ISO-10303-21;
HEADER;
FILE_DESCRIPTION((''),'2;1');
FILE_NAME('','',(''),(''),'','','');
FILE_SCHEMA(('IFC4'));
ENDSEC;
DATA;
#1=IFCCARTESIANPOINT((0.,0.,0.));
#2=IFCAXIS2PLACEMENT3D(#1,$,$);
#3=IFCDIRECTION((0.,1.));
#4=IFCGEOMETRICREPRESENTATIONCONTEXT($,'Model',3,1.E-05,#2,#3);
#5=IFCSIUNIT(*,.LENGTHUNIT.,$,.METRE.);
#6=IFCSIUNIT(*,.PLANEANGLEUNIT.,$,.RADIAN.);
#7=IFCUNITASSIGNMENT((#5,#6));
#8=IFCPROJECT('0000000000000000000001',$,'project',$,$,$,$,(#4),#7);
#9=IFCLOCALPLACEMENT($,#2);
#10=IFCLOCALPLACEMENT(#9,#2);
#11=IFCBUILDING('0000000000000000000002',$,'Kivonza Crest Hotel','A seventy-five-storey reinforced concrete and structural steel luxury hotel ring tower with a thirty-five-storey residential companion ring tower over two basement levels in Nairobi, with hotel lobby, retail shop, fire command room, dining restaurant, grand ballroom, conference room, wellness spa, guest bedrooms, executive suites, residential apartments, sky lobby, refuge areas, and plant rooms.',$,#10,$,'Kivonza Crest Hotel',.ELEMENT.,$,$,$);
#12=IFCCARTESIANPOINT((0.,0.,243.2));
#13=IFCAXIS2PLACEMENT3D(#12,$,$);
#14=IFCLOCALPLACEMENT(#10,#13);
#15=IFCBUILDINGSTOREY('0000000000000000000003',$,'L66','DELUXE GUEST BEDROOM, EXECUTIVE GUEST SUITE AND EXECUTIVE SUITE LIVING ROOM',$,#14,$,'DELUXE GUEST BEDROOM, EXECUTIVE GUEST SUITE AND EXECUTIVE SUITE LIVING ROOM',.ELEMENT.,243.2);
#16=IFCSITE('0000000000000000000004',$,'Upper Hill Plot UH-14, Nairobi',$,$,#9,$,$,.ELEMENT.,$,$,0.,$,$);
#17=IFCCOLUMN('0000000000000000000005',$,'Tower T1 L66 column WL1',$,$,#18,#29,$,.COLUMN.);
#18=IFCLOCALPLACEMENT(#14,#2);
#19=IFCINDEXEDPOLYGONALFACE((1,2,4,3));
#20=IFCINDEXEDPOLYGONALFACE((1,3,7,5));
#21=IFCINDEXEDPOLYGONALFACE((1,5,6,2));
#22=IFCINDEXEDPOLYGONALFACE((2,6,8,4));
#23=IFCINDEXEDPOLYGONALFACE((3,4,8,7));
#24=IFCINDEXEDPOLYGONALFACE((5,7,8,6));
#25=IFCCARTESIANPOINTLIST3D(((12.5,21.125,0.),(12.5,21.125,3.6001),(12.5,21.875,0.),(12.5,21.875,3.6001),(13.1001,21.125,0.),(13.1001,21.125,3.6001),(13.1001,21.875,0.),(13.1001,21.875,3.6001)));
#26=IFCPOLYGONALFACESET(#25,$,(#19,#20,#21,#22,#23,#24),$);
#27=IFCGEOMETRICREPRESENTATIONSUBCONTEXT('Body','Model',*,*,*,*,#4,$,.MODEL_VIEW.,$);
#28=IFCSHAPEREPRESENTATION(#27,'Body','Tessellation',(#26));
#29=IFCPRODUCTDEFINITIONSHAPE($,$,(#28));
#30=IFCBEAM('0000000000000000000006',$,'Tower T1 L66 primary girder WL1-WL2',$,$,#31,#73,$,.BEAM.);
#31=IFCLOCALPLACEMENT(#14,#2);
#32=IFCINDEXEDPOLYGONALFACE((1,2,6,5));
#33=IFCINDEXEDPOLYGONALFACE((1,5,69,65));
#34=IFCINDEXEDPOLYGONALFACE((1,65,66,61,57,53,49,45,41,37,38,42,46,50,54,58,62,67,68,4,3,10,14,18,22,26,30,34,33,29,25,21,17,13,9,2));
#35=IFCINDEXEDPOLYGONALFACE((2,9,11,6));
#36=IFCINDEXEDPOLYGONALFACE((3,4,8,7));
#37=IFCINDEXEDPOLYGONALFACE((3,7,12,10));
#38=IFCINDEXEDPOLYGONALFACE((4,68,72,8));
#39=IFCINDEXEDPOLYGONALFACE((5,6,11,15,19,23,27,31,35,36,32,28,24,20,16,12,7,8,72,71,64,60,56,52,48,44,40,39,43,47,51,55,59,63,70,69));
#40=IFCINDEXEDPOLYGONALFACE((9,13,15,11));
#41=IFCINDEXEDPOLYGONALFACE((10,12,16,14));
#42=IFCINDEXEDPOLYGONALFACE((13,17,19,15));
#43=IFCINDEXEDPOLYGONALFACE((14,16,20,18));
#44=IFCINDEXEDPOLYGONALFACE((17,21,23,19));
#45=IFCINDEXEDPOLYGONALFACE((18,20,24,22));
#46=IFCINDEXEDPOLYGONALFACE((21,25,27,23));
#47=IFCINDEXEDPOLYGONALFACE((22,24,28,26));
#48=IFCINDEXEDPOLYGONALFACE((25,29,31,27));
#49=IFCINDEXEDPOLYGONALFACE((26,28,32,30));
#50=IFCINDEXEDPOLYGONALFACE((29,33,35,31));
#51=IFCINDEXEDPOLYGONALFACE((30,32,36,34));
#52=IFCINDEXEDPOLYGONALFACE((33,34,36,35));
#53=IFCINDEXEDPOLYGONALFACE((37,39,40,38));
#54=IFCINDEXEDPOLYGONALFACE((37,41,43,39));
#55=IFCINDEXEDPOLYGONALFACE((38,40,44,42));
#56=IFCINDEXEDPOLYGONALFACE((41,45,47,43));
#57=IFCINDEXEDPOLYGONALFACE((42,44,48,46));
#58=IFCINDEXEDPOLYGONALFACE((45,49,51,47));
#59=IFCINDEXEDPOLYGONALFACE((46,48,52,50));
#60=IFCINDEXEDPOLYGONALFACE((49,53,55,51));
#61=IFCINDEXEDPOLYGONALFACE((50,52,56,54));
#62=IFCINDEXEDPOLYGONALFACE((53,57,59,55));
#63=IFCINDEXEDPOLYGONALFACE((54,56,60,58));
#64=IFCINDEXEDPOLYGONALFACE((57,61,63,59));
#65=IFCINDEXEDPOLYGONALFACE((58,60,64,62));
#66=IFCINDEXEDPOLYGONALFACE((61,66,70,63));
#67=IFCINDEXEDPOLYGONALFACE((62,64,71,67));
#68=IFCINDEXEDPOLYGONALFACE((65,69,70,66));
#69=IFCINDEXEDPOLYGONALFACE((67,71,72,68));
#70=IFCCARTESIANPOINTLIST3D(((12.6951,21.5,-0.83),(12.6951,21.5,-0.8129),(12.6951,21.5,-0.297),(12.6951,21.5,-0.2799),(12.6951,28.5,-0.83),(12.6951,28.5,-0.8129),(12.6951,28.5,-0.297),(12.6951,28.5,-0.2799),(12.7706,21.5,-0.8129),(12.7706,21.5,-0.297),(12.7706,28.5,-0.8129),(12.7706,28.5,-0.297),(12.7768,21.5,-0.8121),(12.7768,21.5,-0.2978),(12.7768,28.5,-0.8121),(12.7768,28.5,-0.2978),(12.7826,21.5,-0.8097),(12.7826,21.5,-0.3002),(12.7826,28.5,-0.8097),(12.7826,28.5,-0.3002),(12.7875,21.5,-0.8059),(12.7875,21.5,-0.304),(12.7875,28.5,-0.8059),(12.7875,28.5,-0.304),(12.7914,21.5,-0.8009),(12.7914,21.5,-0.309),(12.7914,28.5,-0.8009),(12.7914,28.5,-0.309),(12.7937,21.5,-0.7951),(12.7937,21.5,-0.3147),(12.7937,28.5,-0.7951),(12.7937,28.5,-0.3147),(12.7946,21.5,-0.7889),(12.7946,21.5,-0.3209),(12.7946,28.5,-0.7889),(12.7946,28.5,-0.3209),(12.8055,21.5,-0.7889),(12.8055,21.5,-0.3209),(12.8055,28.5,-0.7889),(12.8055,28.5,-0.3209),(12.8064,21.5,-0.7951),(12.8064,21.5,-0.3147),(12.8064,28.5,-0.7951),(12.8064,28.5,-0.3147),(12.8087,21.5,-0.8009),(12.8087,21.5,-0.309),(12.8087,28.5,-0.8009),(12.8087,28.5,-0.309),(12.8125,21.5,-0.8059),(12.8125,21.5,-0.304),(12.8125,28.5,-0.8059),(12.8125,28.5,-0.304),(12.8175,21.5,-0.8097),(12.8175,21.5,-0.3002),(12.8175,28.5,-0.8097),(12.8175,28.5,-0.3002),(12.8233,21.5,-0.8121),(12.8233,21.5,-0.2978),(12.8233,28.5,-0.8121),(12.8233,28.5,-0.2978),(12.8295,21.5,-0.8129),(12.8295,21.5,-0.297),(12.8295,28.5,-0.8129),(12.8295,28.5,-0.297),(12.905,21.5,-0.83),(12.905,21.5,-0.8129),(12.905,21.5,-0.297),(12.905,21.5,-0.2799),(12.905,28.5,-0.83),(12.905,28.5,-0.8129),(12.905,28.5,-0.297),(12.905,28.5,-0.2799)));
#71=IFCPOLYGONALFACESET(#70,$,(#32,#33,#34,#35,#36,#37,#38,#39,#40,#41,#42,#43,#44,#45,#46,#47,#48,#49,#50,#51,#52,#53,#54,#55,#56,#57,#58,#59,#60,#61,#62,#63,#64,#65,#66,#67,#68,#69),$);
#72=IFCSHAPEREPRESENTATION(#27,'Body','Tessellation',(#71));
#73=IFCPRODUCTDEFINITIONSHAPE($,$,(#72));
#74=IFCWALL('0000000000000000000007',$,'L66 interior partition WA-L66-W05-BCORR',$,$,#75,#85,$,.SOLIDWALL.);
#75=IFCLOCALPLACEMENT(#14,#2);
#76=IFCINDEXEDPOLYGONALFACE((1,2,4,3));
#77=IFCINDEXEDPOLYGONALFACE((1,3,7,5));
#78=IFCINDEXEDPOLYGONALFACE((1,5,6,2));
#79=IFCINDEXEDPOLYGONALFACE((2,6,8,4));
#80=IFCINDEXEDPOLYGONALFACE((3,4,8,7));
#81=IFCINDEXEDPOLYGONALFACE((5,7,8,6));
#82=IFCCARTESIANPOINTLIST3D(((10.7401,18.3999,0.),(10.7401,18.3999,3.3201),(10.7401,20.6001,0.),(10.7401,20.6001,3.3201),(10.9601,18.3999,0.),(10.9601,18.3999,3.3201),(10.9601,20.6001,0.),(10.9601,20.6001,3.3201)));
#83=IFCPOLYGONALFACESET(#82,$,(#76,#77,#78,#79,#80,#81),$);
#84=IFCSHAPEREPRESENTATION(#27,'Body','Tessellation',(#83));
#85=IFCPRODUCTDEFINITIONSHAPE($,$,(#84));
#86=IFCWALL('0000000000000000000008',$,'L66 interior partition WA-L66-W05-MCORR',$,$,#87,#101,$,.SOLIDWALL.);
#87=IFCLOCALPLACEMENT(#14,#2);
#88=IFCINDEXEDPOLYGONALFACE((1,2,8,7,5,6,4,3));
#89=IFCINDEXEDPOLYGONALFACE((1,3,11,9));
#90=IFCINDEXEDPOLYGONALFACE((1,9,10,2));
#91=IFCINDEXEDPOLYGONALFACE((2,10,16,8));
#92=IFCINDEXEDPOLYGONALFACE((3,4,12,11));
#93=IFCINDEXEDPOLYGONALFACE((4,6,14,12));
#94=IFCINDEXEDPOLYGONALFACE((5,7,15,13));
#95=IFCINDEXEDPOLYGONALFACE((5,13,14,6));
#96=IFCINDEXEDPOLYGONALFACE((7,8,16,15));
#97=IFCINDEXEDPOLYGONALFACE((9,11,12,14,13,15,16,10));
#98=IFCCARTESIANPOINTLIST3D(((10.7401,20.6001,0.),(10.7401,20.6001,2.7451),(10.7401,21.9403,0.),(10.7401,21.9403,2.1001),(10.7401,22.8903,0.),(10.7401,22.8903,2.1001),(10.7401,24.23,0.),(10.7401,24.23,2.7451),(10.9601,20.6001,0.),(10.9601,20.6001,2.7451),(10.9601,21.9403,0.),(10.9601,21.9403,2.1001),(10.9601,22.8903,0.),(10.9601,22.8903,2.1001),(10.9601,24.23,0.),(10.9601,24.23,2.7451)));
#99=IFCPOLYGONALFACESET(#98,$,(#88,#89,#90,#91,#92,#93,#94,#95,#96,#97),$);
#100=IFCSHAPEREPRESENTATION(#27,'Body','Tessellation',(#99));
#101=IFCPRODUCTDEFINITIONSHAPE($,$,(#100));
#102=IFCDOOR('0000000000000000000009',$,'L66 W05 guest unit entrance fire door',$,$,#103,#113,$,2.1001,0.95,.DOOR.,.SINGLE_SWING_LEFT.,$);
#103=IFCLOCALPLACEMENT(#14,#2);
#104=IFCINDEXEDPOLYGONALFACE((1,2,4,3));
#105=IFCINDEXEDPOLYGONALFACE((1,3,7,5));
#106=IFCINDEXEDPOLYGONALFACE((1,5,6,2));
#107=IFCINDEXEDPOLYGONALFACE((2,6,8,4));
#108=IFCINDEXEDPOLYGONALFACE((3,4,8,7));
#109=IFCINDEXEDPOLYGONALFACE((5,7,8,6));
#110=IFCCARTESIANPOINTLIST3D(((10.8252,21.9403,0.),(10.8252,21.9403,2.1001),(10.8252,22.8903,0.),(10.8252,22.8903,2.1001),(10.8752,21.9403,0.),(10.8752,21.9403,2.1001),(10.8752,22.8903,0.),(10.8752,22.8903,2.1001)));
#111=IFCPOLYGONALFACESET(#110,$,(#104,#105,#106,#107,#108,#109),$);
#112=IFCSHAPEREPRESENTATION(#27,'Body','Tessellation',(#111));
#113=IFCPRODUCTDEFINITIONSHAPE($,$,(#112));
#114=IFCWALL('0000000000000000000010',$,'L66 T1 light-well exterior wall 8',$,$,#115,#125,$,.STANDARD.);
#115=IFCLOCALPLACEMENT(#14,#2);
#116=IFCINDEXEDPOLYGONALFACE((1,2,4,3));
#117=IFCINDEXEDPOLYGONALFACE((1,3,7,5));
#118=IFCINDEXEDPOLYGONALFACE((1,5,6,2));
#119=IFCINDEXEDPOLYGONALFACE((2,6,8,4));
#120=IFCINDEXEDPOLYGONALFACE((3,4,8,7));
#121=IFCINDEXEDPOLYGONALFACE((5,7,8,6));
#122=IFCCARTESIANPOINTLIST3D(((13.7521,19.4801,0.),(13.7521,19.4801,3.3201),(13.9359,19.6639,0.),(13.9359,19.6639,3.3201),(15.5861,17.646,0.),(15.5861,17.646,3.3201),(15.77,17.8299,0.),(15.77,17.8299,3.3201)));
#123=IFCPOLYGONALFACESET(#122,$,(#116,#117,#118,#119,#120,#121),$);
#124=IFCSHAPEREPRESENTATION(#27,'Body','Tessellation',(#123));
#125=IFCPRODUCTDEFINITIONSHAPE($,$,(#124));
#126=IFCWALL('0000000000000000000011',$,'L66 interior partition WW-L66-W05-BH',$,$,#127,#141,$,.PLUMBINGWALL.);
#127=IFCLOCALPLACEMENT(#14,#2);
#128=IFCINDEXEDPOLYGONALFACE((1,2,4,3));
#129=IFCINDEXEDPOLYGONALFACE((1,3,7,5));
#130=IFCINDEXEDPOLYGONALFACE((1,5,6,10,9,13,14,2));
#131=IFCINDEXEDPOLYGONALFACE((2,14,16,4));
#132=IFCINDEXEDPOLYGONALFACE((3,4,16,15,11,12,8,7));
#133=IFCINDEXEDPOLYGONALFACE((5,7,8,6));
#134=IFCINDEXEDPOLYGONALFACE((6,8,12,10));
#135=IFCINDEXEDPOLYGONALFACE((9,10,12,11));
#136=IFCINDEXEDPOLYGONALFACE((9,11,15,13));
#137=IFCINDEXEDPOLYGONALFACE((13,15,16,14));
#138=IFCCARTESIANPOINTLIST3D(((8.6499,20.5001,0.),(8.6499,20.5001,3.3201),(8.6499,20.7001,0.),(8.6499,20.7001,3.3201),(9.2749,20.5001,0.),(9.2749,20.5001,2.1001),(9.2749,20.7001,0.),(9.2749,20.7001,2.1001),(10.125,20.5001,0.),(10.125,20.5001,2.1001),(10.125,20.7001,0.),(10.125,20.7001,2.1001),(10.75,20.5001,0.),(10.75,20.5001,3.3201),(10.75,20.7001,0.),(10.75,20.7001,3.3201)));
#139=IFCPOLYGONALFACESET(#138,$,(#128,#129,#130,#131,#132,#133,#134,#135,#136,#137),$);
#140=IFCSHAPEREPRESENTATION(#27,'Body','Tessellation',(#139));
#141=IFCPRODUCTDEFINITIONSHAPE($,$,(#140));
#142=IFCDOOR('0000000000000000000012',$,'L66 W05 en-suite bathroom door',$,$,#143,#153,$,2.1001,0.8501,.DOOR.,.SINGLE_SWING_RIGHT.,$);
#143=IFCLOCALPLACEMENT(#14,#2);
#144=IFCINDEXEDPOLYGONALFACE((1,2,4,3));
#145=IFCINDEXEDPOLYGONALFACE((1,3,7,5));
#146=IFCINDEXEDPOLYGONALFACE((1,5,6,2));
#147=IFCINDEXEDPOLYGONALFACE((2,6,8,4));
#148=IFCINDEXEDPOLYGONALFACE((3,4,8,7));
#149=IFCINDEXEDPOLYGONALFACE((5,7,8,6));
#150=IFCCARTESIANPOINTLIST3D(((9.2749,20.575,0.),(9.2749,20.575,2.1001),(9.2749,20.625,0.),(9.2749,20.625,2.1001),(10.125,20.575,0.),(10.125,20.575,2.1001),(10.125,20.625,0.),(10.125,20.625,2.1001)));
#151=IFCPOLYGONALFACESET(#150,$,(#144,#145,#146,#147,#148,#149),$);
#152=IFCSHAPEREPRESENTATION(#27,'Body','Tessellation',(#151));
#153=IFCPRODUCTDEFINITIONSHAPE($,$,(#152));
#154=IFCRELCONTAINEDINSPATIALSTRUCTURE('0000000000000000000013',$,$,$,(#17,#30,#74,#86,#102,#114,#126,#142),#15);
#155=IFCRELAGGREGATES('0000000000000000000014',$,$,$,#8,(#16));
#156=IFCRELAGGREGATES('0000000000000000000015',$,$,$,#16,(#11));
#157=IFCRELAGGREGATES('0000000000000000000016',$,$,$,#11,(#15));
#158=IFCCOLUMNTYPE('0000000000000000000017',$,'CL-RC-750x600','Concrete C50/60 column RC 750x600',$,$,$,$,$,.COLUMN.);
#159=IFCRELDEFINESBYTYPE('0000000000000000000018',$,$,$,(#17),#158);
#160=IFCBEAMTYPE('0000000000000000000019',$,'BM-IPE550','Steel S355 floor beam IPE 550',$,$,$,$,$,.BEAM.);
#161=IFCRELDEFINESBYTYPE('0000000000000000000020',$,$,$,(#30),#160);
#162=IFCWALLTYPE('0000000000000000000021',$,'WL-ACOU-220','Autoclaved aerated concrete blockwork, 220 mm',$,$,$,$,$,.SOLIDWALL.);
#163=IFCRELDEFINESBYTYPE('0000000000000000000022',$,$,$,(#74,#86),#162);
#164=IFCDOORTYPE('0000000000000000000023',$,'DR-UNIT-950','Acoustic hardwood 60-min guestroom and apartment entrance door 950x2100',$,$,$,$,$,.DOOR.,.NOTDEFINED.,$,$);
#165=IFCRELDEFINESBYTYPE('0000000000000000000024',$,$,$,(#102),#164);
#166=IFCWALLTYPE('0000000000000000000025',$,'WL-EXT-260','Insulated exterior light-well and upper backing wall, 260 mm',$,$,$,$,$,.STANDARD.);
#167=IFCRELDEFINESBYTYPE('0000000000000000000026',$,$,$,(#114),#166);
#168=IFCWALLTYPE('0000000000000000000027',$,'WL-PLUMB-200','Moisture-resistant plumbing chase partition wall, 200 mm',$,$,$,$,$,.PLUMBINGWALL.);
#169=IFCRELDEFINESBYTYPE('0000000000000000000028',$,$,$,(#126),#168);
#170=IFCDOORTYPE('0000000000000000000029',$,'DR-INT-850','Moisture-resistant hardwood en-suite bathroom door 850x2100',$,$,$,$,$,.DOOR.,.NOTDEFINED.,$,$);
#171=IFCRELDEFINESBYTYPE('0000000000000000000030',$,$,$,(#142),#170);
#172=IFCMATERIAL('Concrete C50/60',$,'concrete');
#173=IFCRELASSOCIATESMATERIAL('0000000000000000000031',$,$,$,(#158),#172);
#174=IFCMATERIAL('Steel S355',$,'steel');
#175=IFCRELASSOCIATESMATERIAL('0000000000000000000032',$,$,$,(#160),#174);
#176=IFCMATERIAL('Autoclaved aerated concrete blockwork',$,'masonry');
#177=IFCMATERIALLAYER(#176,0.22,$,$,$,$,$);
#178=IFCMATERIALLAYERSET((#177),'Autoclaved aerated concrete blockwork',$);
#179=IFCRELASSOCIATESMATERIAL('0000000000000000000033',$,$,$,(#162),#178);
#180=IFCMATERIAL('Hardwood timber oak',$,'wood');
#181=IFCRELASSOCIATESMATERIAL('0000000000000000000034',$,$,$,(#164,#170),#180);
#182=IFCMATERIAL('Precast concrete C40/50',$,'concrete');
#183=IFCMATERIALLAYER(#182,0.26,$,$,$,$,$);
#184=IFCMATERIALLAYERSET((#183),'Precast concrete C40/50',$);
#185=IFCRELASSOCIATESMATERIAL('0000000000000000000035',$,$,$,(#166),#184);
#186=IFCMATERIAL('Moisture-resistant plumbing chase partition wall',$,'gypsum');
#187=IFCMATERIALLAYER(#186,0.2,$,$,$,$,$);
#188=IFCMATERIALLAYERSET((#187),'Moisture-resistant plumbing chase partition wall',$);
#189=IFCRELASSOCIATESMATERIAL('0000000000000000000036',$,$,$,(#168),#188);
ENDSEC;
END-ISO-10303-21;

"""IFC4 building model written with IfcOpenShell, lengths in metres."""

from ifc_helpers import new_model, si_unit, direction, frame, frame_2d, origin, origin_2d, place, context, subcontext, project, spatial, rectangle, i_section, extrude, material, layer, layer_set, material_profile, profile_set, type_object, element, fill, save


model = new_model("IFC4")

# Units and contexts
model_context = context("Model", 3, precision=1e-05, world=origin(), true_north=direction((0.0, 1.0)))
body_context = subcontext(model_context, "Body", "Model", "MODEL_VIEW")
ifc_project = project(units=[si_unit("LENGTHUNIT", "METRE"), si_unit("PLANEANGLEUNIT", "RADIAN")], contexts=[model_context])

# Site, building, storey
site_placement = place(None, origin())
site = spatial("IfcSite", under=ifc_project, at=site_placement, Name="Upper Hill Plot UH-14, Nairobi", CompositionType="ELEMENT", RefElevation=0.0)
building_placement = place(site_placement, origin())
building = spatial("IfcBuilding", under=site, at=building_placement, Name="Kivonza Crest Hotel", Description="A seventy-five-storey reinforced concrete and structural steel luxury hotel ring tower with a thirty-five-storey residential companion ring tower over two basement levels in Nairobi, with hotel lobby, retail shop, fire command room, dining restaurant, grand ballroom, conference room, wellness spa, guest bedrooms, executive suites, residential apartments, sky lobby, refuge areas, and plant rooms.", LongName="Kivonza Crest Hotel", CompositionType="ELEMENT")
storey_placement = place(building_placement, frame((0.0, 0.0, 243.2)))
storey = spatial("IfcBuildingStorey", under=building, at=storey_placement, Name="L66", Description="DELUXE GUEST BEDROOM, EXECUTIVE GUEST SUITE AND EXECUTIVE SUITE LIVING ROOM", LongName="DELUXE GUEST BEDROOM, EXECUTIVE GUEST SUITE AND EXECUTIVE SUITE LIVING ROOM", CompositionType="ELEMENT", Elevation=243.2)

# Column
ifc_material_1 = material(Name="Concrete C50/60", Category="concrete")
ifc_material_profile_1 = material_profile(ifc_material_1, rectangle(XDim=0.6001, YDim=0.75, at=origin_2d()), Name="RC 750x600")
ifc_profile_set_1 = profile_set([ifc_material_profile_1], Name="Concrete C50/60")
column_type = type_object("IfcColumnType", Name="CL-RC-750x600", Description="Concrete C50/60 column RC 750x600", PredefinedType="COLUMN", material=ifc_profile_set_1)
column_placement = place(storey_placement, frame((12.8, 21.5, 0.0), z_axis=(0.0, 0.0, 1.0), x_axis=(1.0, 0.0, 0.0)))
element("IfcColumn", 1, at=column_placement, inside=storey, type_object=column_type, Name="Tower T1 L66 column WL1", PredefinedType="COLUMN", context=body_context, shape_type="SweptSolid", body=[
    extrude(rectangle(XDim=0.6001, YDim=0.75, at=origin_2d()), origin(), (0.0, 0.0, 1.0), 3.6001),
])

# Beam
ifc_material_2 = material(Name="Steel S355", Category="steel")
ifc_material_profile_2 = material_profile(ifc_material_2, i_section(OverallWidth=0.21, OverallDepth=0.55, WebThickness=0.011, FlangeThickness=0.0171, FilletRadius=0.0239, at=origin_2d()), Name="IPE 550")
ifc_profile_set_2 = profile_set([ifc_material_profile_2], Name="Steel S355")
beam_type = type_object("IfcBeamType", Name="BM-IPE550", Description="Steel S355 floor beam IPE 550", PredefinedType="BEAM", material=ifc_profile_set_2)
beam_placement = place(storey_placement, frame((12.8, 21.5, -0.5549), z_axis=(0.0, 1.0, 0.0), x_axis=(-1.0, 0.0, 0.0)))
element("IfcBeam", 2, at=beam_placement, inside=storey, type_object=beam_type, Name="Tower T1 L66 primary girder WL1-WL2", PredefinedType="BEAM", context=body_context, shape_type="SweptSolid", body=[
    extrude(i_section(OverallWidth=0.21, OverallDepth=0.55, WebThickness=0.011, FlangeThickness=0.0171, FilletRadius=0.0239, at=origin_2d()), origin(), (0.0, 0.0, 1.0), 7.0),
])

# Wall
ifc_material_3 = material(Name="Autoclaved aerated concrete blockwork", Category="masonry")
ifc_layer_1 = layer(ifc_material_3, 0.22)
ifc_layer_set_1 = layer_set([ifc_layer_1], Name="Autoclaved aerated concrete blockwork")
wall_type_1 = type_object("IfcWallType", Name="WL-ACOU-220", Description="Autoclaved aerated concrete blockwork, 220 mm", PredefinedType="SOLIDWALL", material=ifc_layer_set_1)
wall_1_placement = place(storey_placement, frame((10.8501, 18.3999, 0.0), z_axis=(0.0, 0.0, 1.0), x_axis=(0.0, 1.0, 0.0)))
element("IfcWall", 3, at=wall_1_placement, inside=storey, type_object=wall_type_1, Name="L66 interior partition WA-L66-W05-BCORR", PredefinedType="SOLIDWALL", context=body_context, shape_type="SweptSolid", body=[
    extrude(rectangle(XDim=2.2002, YDim=0.22, at=frame_2d((1.1001, 0.0))), origin(), (0.0, 0.0, 1.0), 3.3201),
])

# Wall, opening, door
wall_2_placement = place(storey_placement, frame((10.8501, 20.6001, 0.0), z_axis=(0.0, 0.0, 1.0), x_axis=(0.0, 1.0, 0.0)))
wall_2 = element("IfcWall", 4, at=wall_2_placement, inside=storey, type_object=wall_type_1, Name="L66 interior partition WA-L66-W05-MCORR", PredefinedType="SOLIDWALL", context=body_context, shape_type="SweptSolid", body=[
    extrude(rectangle(XDim=3.6299, YDim=0.22, at=frame_2d((1.8149, 0.0))), origin(), (0.0, 0.0, 1.0), 2.7451),
])
opening_1_placement = place(wall_2_placement, frame((1.3401, 0.0, 0.0)))
opening_1 = element("IfcOpeningElement", 5, at=opening_1_placement, cuts=wall_2, PredefinedType="OPENING", context=body_context, shape_type="SweptSolid", body=[
    extrude(rectangle(XDim=0.95, YDim=2.1001, at=frame_2d((0.4751, 1.05))), frame((0.0, 0.1201, 0.0), z_axis=(0.0, -1.0, 0.0), x_axis=(1.0, 0.0, 0.0)), (0.0, 0.0, 1.0), 0.24),
])
ifc_material_4 = material(Name="Hardwood timber oak", Category="wood")
door_type_1 = type_object("IfcDoorType", Name="DR-UNIT-950", Description="Acoustic hardwood 60-min guestroom and apartment entrance door 950x2100", OperationType="NOTDEFINED", PredefinedType="DOOR", material=ifc_material_4)
door_1_placement = place(opening_1_placement, origin())
door_1 = element("IfcDoor", 6, at=door_1_placement, inside=storey, type_object=door_type_1, Name="L66 W05 guest unit entrance fire door", OperationType="SINGLE_SWING_LEFT", OverallHeight=2.1001, OverallWidth=0.95, PredefinedType="DOOR", context=body_context, shape_type="SweptSolid", body=[
    extrude(rectangle(XDim=0.95, YDim=2.1001, at=frame_2d((0.4751, 1.05))), frame((0.0, 0.0249, 0.0), z_axis=(0.0, -1.0, 0.0), x_axis=(1.0, 0.0, 0.0)), (0.0, 0.0, 1.0), 0.05),
])
fill(opening_1, door_1)

# Wall
ifc_material_5 = material(Name="Precast concrete C40/50", Category="concrete")
ifc_layer_2 = layer(ifc_material_5, 0.26)
ifc_layer_set_2 = layer_set([ifc_layer_2], Name="Precast concrete C40/50")
wall_type_2 = type_object("IfcWallType", Name="WL-EXT-260", Description="Insulated exterior light-well and upper backing wall, 260 mm", PredefinedType="STANDARD", material=ifc_layer_set_2)
wall_3_placement = place(storey_placement, frame((13.844, 19.572, 0.0), z_axis=(0.0, 0.0, 1.0), x_axis=(0.707107, -0.707107, 0.0)))
element("IfcWall", 7, at=wall_3_placement, inside=storey, type_object=wall_type_2, Name="L66 T1 light-well exterior wall 8", PredefinedType="STANDARD", context=body_context, shape_type="SweptSolid", body=[
    extrude(rectangle(XDim=2.5938, YDim=0.26, at=frame_2d((1.2969, 0.0))), origin(), (0.0, 0.0, 1.0), 3.3201),
])

# Wall, opening, door
ifc_material_6 = material(Name="Moisture-resistant plumbing chase partition wall", Category="gypsum")
ifc_layer_3 = layer(ifc_material_6, 0.2)
ifc_layer_set_3 = layer_set([ifc_layer_3], Name="Moisture-resistant plumbing chase partition wall")
wall_type_3 = type_object("IfcWallType", Name="WL-PLUMB-200", Description="Moisture-resistant plumbing chase partition wall, 200 mm", PredefinedType="PLUMBINGWALL", material=ifc_layer_set_3)
wall_4_placement = place(storey_placement, frame((8.6499, 20.6001, 0.0), z_axis=(0.0, 0.0, 1.0), x_axis=(1.0, 0.0, 0.0)))
wall_4 = element("IfcWall", 8, at=wall_4_placement, inside=storey, type_object=wall_type_3, Name="L66 interior partition WW-L66-W05-BH", PredefinedType="PLUMBINGWALL", context=body_context, shape_type="SweptSolid", body=[
    extrude(rectangle(XDim=2.1001, YDim=0.2, at=frame_2d((1.05, 0.0))), origin(), (0.0, 0.0, 1.0), 3.3201),
])
opening_2_placement = place(wall_4_placement, frame((0.625, 0.0, 0.0)))
opening_2 = element("IfcOpeningElement", 9, at=opening_2_placement, cuts=wall_4, PredefinedType="OPENING", context=body_context, shape_type="SweptSolid", body=[
    extrude(rectangle(XDim=0.8501, YDim=2.1001, at=frame_2d((0.425, 1.05))), frame((0.0, 0.1099, 0.0), z_axis=(0.0, -1.0, 0.0), x_axis=(1.0, 0.0, 0.0)), (0.0, 0.0, 1.0), 0.22),
])
door_type_2 = type_object("IfcDoorType", Name="DR-INT-850", Description="Moisture-resistant hardwood en-suite bathroom door 850x2100", OperationType="NOTDEFINED", PredefinedType="DOOR", material=ifc_material_4)
door_2_placement = place(opening_2_placement, origin())
door_2 = element("IfcDoor", 10, at=door_2_placement, inside=storey, type_object=door_type_2, Name="L66 W05 en-suite bathroom door", OperationType="SINGLE_SWING_RIGHT", OverallHeight=2.1001, OverallWidth=0.8501, PredefinedType="DOOR", context=body_context, shape_type="SweptSolid", body=[
    extrude(rectangle(XDim=0.8501, YDim=2.1001, at=frame_2d((0.425, 1.05))), frame((0.0, 0.0249, 0.0), z_axis=(0.0, -1.0, 0.0), x_axis=(1.0, 0.0, 0.0)), (0.0, 0.0, 1.0), 0.05),
])
fill(opening_2, door_2)

save(model, "model.ifc")
